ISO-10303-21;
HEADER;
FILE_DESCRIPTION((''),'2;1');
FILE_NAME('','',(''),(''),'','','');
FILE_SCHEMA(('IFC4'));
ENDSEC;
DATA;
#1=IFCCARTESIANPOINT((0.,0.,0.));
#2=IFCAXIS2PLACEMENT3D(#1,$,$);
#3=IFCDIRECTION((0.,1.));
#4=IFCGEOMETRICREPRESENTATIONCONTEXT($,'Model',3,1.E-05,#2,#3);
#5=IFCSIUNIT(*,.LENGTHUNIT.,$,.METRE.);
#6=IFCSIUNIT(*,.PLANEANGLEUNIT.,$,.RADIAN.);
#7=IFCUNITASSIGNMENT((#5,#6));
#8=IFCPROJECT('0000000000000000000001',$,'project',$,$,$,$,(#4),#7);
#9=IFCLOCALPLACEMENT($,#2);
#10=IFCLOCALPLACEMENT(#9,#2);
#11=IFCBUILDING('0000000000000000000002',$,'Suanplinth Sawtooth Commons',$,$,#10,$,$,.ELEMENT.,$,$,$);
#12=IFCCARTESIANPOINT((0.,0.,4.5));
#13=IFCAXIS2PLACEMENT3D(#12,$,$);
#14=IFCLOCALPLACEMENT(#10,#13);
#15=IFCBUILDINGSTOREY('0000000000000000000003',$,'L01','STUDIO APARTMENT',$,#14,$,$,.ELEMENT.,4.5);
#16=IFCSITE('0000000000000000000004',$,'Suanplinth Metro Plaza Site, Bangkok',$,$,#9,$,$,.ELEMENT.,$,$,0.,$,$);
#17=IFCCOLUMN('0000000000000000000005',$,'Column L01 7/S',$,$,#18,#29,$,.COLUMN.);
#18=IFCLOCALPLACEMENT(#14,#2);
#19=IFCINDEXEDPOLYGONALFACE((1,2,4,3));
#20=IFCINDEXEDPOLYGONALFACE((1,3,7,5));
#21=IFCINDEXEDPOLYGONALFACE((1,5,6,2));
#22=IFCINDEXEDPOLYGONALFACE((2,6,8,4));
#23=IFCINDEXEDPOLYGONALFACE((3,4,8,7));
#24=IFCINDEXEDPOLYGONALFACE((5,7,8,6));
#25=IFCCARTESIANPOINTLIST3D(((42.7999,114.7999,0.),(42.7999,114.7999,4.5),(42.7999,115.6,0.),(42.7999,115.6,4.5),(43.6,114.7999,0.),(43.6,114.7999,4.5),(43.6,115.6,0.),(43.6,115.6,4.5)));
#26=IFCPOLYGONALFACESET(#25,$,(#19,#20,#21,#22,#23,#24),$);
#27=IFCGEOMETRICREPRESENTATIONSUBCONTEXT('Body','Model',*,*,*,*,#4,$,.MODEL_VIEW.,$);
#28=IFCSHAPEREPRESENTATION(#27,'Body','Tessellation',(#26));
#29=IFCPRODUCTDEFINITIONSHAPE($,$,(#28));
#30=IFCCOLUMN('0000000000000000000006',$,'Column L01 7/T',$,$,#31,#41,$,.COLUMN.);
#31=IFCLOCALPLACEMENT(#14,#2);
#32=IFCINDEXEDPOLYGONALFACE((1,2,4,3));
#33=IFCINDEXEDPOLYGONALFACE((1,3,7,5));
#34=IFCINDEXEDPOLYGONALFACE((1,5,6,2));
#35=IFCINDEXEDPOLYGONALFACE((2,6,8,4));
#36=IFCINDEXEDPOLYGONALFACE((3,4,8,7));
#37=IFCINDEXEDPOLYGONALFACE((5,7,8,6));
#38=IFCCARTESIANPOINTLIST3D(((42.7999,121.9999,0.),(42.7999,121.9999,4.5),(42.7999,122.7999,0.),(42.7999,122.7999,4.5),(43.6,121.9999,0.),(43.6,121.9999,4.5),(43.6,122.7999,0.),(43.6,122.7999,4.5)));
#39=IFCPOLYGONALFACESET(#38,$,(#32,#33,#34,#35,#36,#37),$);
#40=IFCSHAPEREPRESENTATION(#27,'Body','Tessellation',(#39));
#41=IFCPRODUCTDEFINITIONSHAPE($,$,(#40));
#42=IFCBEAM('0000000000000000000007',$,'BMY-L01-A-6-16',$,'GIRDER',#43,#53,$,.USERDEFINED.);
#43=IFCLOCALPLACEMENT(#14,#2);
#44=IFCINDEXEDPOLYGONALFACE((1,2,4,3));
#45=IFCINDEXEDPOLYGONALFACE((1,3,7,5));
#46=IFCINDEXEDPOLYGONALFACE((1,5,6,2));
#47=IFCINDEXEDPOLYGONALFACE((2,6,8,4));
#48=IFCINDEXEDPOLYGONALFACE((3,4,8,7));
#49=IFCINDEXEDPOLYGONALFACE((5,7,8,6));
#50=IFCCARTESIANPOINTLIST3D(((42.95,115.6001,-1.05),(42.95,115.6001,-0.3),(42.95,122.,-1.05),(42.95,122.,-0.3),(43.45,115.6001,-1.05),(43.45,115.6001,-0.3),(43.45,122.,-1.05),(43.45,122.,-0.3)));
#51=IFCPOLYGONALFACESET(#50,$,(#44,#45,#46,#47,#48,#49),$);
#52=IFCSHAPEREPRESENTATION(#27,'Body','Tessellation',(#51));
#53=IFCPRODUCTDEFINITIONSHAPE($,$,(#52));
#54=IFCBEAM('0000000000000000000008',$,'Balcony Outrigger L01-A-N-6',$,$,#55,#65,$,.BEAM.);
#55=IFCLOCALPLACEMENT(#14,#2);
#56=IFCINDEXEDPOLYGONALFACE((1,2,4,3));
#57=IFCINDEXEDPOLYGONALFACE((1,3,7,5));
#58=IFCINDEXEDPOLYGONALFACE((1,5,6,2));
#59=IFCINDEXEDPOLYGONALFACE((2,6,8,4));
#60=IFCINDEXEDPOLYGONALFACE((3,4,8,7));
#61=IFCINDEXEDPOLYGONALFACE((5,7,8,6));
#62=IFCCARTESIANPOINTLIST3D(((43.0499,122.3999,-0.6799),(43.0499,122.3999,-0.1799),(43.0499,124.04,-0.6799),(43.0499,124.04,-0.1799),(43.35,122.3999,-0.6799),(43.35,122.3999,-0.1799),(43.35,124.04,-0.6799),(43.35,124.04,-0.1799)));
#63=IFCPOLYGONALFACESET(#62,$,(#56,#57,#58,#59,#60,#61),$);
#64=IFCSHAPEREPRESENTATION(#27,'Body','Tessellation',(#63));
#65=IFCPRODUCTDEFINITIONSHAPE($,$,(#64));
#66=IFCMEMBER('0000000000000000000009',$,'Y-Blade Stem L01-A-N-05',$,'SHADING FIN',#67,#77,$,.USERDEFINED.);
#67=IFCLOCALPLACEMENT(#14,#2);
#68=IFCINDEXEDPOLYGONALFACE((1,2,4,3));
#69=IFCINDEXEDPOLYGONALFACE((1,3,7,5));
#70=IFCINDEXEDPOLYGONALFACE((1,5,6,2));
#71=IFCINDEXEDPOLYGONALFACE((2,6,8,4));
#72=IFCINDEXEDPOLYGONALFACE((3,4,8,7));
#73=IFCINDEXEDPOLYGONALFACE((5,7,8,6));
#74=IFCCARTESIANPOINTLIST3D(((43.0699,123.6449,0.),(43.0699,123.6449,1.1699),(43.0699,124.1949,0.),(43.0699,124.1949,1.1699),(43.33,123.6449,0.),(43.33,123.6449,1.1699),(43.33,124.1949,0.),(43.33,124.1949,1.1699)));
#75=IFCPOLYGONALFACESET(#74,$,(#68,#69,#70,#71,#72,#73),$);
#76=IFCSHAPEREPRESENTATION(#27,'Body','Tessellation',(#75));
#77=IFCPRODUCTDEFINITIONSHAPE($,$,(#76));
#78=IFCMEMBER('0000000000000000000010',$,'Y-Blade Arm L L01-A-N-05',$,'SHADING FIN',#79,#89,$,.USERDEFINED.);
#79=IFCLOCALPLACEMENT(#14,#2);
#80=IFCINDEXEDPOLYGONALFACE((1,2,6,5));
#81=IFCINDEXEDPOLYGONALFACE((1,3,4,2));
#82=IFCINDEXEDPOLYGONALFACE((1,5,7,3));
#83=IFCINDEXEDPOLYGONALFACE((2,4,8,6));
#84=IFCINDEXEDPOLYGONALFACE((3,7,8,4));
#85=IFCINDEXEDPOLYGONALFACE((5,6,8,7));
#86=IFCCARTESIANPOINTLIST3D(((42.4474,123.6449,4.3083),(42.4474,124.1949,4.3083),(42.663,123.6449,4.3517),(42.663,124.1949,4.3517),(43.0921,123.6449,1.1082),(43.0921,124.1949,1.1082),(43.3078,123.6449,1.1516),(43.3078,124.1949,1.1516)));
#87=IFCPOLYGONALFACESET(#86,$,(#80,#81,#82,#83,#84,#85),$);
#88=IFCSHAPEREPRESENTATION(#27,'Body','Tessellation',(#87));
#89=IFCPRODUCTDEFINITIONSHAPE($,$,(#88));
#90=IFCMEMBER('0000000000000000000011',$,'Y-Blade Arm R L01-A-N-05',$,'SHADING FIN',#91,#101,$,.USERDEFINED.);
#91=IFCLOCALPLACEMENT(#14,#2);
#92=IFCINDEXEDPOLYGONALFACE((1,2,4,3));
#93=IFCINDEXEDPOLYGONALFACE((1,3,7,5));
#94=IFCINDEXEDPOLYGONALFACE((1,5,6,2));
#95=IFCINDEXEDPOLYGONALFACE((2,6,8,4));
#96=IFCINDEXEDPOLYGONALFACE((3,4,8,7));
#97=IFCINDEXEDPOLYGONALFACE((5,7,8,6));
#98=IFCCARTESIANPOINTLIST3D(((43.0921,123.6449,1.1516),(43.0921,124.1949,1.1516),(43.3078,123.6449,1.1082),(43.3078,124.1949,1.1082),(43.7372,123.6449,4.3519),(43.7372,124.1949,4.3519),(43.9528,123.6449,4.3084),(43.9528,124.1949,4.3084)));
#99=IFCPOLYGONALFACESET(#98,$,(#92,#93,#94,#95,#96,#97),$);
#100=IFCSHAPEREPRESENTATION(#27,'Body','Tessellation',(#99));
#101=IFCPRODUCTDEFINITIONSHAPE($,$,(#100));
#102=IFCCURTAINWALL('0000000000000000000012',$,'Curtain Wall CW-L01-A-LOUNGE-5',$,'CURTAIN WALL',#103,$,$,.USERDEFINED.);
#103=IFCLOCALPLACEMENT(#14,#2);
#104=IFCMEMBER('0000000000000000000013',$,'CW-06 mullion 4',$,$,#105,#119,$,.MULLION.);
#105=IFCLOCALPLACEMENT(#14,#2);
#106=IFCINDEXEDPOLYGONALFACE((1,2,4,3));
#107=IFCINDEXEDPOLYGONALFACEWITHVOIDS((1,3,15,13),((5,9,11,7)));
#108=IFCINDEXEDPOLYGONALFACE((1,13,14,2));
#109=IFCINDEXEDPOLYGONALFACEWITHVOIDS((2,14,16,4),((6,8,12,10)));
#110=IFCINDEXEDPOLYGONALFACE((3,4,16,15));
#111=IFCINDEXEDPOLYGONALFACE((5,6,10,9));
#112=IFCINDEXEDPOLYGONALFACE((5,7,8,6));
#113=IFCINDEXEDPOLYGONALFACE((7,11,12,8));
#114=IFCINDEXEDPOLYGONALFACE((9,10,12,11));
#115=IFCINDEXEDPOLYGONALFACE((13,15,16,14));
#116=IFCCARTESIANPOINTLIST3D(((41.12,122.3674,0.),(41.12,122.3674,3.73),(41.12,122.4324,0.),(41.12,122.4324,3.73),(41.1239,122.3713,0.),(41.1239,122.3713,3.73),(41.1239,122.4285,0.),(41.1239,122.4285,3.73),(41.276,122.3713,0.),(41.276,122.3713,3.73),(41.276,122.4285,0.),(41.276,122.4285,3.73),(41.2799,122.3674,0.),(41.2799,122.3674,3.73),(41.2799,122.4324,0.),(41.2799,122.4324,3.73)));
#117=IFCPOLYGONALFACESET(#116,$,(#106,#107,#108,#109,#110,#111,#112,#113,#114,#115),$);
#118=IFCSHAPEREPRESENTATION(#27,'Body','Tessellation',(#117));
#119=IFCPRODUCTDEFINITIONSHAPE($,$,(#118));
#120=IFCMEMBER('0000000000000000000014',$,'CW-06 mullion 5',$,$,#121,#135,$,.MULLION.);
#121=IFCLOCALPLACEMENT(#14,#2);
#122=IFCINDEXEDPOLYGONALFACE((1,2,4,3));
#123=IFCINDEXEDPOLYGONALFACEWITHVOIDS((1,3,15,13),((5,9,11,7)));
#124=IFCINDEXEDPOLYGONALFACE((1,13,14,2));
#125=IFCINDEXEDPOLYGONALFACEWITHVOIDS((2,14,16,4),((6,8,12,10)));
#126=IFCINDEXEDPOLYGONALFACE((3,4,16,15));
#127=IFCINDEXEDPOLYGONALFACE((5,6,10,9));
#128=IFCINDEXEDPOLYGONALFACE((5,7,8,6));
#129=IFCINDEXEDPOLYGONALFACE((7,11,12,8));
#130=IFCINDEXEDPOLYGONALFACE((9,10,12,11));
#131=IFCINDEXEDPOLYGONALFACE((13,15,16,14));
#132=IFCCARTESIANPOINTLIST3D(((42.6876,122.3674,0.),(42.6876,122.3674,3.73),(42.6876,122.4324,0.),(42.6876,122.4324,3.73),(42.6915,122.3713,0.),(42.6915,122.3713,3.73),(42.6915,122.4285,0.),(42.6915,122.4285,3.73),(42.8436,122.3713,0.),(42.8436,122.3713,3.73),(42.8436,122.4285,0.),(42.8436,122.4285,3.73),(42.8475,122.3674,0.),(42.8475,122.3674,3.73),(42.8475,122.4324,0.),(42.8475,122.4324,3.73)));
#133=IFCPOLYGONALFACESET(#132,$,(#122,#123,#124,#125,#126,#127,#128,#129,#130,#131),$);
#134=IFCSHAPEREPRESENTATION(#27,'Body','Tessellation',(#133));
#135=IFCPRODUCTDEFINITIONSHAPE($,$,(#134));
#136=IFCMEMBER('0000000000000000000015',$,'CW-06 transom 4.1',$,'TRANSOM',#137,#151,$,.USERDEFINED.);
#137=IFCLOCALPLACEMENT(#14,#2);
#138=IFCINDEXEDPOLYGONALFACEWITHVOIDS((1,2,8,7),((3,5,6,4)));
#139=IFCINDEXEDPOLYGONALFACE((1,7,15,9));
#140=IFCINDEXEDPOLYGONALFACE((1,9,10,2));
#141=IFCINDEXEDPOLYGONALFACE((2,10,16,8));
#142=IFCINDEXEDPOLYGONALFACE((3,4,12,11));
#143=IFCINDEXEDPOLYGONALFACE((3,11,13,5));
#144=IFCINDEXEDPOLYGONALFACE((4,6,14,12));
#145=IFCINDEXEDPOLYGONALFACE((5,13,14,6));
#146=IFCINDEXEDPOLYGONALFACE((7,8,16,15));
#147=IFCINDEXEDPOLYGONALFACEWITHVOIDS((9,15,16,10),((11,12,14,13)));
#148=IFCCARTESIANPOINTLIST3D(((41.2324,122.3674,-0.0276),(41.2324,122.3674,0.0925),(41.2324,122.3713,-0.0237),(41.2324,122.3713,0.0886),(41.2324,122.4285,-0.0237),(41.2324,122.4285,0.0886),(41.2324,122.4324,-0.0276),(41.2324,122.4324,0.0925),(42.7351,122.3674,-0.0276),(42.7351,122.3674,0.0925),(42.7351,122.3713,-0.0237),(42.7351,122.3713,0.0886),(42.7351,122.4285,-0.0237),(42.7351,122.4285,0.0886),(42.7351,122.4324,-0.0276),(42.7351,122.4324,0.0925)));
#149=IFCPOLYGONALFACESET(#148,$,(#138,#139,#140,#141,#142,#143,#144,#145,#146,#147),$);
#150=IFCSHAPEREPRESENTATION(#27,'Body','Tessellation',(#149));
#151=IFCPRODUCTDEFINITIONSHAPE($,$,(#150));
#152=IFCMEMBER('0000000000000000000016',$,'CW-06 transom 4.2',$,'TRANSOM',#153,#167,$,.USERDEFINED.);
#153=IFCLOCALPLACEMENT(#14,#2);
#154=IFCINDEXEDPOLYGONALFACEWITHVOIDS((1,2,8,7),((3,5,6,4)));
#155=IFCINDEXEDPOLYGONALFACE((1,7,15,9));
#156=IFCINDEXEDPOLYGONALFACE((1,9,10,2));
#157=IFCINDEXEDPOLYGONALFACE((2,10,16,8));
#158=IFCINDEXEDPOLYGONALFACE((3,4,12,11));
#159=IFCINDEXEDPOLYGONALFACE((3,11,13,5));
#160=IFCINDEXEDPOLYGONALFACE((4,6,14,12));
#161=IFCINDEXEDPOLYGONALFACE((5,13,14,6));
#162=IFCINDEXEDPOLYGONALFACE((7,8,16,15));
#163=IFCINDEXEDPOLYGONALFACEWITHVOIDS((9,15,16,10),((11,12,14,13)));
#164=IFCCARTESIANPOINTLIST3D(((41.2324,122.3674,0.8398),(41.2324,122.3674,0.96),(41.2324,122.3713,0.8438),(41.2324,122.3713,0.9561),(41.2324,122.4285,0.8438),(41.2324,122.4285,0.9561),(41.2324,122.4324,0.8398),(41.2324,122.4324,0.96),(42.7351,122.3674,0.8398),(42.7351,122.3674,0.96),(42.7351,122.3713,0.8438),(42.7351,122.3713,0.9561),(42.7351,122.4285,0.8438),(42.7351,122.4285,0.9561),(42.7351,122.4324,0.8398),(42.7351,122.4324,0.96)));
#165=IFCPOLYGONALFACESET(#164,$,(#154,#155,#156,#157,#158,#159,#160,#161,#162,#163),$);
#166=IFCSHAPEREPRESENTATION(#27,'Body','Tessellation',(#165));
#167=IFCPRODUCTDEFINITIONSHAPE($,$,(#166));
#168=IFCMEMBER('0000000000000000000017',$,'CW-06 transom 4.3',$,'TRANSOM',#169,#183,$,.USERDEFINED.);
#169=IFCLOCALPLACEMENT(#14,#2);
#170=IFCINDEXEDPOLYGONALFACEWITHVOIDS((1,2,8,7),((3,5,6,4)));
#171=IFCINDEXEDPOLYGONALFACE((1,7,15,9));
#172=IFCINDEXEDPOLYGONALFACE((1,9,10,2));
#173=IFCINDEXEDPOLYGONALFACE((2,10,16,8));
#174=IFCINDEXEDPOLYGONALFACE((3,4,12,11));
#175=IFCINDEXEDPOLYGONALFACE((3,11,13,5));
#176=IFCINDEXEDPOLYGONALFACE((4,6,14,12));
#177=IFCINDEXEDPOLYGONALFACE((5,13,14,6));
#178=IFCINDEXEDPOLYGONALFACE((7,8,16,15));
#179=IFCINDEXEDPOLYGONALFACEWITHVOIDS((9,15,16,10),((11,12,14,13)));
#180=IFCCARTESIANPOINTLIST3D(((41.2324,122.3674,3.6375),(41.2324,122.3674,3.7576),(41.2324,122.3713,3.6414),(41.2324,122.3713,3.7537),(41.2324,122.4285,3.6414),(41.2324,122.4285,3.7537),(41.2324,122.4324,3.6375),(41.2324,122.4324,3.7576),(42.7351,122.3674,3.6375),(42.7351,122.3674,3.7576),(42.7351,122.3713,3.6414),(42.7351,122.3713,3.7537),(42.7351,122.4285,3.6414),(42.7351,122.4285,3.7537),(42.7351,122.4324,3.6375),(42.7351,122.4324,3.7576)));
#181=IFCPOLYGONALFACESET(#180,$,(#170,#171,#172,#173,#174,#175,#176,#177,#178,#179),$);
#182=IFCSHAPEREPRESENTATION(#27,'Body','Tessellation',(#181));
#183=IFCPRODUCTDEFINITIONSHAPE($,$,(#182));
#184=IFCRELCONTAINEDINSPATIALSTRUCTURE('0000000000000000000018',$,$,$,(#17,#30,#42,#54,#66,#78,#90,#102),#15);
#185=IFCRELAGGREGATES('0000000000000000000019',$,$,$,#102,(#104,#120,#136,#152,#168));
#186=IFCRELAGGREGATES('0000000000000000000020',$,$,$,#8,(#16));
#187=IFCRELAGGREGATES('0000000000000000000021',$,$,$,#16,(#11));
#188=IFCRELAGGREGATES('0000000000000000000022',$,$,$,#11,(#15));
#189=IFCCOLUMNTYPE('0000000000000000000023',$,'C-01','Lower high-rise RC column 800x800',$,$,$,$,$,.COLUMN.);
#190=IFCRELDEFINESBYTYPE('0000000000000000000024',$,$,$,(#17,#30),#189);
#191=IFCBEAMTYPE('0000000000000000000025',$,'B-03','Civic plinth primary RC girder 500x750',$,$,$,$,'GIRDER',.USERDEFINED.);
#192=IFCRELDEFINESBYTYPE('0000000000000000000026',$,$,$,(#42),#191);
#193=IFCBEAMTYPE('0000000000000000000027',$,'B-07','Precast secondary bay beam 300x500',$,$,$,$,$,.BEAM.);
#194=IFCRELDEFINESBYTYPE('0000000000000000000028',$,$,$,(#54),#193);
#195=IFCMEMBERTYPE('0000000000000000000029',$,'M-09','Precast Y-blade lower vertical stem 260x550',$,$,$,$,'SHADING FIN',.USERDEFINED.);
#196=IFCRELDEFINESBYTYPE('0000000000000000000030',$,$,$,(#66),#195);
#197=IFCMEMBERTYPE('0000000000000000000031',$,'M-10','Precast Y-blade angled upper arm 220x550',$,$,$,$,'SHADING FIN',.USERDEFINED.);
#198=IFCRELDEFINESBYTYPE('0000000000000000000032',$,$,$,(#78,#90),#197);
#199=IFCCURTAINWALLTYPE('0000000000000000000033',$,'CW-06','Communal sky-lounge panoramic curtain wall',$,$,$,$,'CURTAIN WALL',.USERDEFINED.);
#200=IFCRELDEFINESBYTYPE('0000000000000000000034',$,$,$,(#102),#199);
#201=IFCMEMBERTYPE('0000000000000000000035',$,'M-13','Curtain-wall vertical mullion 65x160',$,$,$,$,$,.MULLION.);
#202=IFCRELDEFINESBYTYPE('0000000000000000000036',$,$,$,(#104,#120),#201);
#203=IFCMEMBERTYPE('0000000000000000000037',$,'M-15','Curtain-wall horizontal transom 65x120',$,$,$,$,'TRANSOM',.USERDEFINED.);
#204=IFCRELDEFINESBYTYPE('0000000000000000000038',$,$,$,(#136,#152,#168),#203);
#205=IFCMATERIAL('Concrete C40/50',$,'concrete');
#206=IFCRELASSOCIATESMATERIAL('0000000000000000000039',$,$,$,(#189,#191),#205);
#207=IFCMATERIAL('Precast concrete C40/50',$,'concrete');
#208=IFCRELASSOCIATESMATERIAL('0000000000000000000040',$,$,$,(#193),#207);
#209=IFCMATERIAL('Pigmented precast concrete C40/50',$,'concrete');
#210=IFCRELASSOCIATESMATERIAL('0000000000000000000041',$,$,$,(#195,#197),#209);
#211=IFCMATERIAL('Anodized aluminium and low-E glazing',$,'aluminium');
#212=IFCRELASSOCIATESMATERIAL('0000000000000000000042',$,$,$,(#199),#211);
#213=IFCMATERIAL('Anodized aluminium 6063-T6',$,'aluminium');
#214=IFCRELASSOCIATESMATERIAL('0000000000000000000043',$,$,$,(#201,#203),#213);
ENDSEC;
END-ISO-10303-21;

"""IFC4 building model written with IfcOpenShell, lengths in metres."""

from ifc_helpers import new_model, si_unit, direction, frame, origin, origin_2d, place, context, subcontext, project, spatial, rectangle, hollow_rectangle, extrude, material, material_profile, profile_set, type_object, element, aggregate, save


model = new_model("IFC4")

# Units and contexts
model_context = context("Model", 3, precision=1e-05, world=origin(), true_north=direction((0.0, 1.0)))
body_context = subcontext(model_context, "Body", "Model", "MODEL_VIEW")
ifc_project = project(units=[si_unit("LENGTHUNIT", "METRE"), si_unit("PLANEANGLEUNIT", "RADIAN")], contexts=[model_context])

# Site, building, storey
site_placement = place(None, origin())
site = spatial("IfcSite", under=ifc_project, at=site_placement, Name="Suanplinth Metro Plaza Site, Bangkok", CompositionType="ELEMENT", RefElevation=0.0)
building_placement = place(site_placement, origin())
building = spatial("IfcBuilding", under=site, at=building_placement, Name="Suanplinth Sawtooth Commons", CompositionType="ELEMENT")
storey_placement = place(building_placement, frame((0.0, 0.0, 4.5)))
storey = spatial("IfcBuildingStorey", under=building, at=storey_placement, Name="L01", Description="STUDIO APARTMENT", CompositionType="ELEMENT", Elevation=4.5)

# Columns
ifc_material_1 = material(Name="Concrete C40/50", Category="concrete")
ifc_material_profile_1 = material_profile(ifc_material_1, rectangle(XDim=0.8, YDim=0.8, at=origin_2d()), Name="RC-COL 800x800")
ifc_profile_set_1 = profile_set([ifc_material_profile_1], Name="Concrete C40/50")
column_type = type_object("IfcColumnType", Name="C-01", Description="Lower high-rise RC column 800x800", PredefinedType="COLUMN", material=ifc_profile_set_1)
for number, where, z_axis, x_axis, name in (
    (1, (43.2, 115.2, 0.0), (0.0, 0.0, 1.0), (1.0, 0.0, 0.0), "Column L01 7/S"),
    (2, (43.2, 122.3999, 0.0), (0.0, 0.0, 1.0), (1.0, 0.0, 0.0), "Column L01 7/T"),
):
    element("IfcColumn", number, at=place(storey_placement, frame(where, z_axis=z_axis, x_axis=x_axis)), inside=storey, type_object=column_type, Name=name, PredefinedType="COLUMN", context=body_context, shape_type="SweptSolid", body=[
        extrude(rectangle(XDim=0.8, YDim=0.8, at=origin_2d()), origin(), (0.0, 0.0, 1.0), 4.5),
    ])

# Beams
ifc_material_profile_2 = material_profile(ifc_material_1, rectangle(XDim=0.5, YDim=0.75, at=origin_2d()), Name="RC-GDR 500x750")
ifc_profile_set_2 = profile_set([ifc_material_profile_2], Name="Concrete C40/50")
beam_type_1 = type_object("IfcBeamType", Name="B-03", Description="Civic plinth primary RC girder 500x750", ElementType="GIRDER", PredefinedType="USERDEFINED", material=ifc_profile_set_2)
beam_1_placement = place(storey_placement, frame((43.2, 115.6001, -0.675), z_axis=(0.0, 1.0, 0.0), x_axis=(-1.0, 0.0, 0.0)))
element("IfcBeam", 3, at=beam_1_placement, inside=storey, type_object=beam_type_1, Name="BMY-L01-A-6-16", ObjectType="GIRDER", PredefinedType="USERDEFINED", context=body_context, shape_type="SweptSolid", body=[
    extrude(rectangle(XDim=0.5, YDim=0.75, at=origin_2d()), origin(), (0.0, 0.0, 1.0), 6.3999),
])
ifc_material_2 = material(Name="Precast concrete C40/50", Category="concrete")
ifc_material_profile_3 = material_profile(ifc_material_2, rectangle(XDim=0.3, YDim=0.5, at=origin_2d()), Name="PC-BM 300x500")
ifc_profile_set_3 = profile_set([ifc_material_profile_3], Name="Precast concrete C40/50")
beam_type_2 = type_object("IfcBeamType", Name="B-07", Description="Precast secondary bay beam 300x500", PredefinedType="BEAM", material=ifc_profile_set_3)
beam_2_placement = place(storey_placement, frame((43.2, 122.3999, -0.4299), z_axis=(0.0, 1.0, 0.0), x_axis=(-1.0, 0.0, 0.0)))
element("IfcBeam", 4, at=beam_2_placement, inside=storey, type_object=beam_type_2, Name="Balcony Outrigger L01-A-N-6", PredefinedType="BEAM", context=body_context, shape_type="SweptSolid", body=[
    extrude(rectangle(XDim=0.3, YDim=0.5, at=origin_2d()), origin(), (0.0, 0.0, 1.0), 1.6401),
])

# Members
ifc_material_3 = material(Name="Pigmented precast concrete C40/50", Category="concrete")
ifc_material_profile_4 = material_profile(ifc_material_3, rectangle(XDim=0.26, YDim=0.55, at=origin_2d()), Name="PC-FIN 260x550")
ifc_profile_set_4 = profile_set([ifc_material_profile_4], Name="Pigmented precast concrete C40/50")
member_type_1 = type_object("IfcMemberType", Name="M-09", Description="Precast Y-blade lower vertical stem 260x550", ElementType="SHADING FIN", PredefinedType="USERDEFINED", material=ifc_profile_set_4)
member_1_placement = place(storey_placement, frame((43.2, 123.9199, 0.0), z_axis=(0.0, 0.0, 1.0), x_axis=(1.0, 0.0, 0.0)))
element("IfcMember", 5, at=member_1_placement, inside=storey, type_object=member_type_1, Name="Y-Blade Stem L01-A-N-05", ObjectType="SHADING FIN", PredefinedType="USERDEFINED", context=body_context, shape_type="SweptSolid", body=[
    extrude(rectangle(XDim=0.26, YDim=0.55, at=origin_2d()), origin(), (0.0, 0.0, 1.0), 1.1699),
])
ifc_material_profile_5 = material_profile(ifc_material_3, rectangle(XDim=0.22, YDim=0.55, at=origin_2d()), Name="PC-FIN 220x550")
ifc_profile_set_5 = profile_set([ifc_material_profile_5], Name="Pigmented precast concrete C40/50")
member_type_2 = type_object("IfcMemberType", Name="M-10", Description="Precast Y-blade angled upper arm 220x550", ElementType="SHADING FIN", PredefinedType="USERDEFINED", material=ifc_profile_set_5)
member_2_placement = place(storey_placement, frame((43.2, 123.9199, 1.1299), z_axis=(-0.197511, 0.0, 0.980301), x_axis=(0.980301, 0.0, 0.197511)))
element("IfcMember", 6, at=member_2_placement, inside=storey, type_object=member_type_2, Name="Y-Blade Arm L L01-A-N-05", ObjectType="SHADING FIN", PredefinedType="USERDEFINED", context=body_context, shape_type="SweptSolid", body=[
    extrude(rectangle(XDim=0.22, YDim=0.55, at=origin_2d()), origin(), (0.0, 0.0, 1.0), 3.2644),
])
member_3_placement = place(storey_placement, frame((43.2, 123.9199, 1.1299), z_axis=(0.197583, 0.0, 0.980286), x_axis=(-0.980286, 0.0, 0.197583)))
element("IfcMember", 7, at=member_3_placement, inside=storey, type_object=member_type_2, Name="Y-Blade Arm R L01-A-N-05", ObjectType="SHADING FIN", PredefinedType="USERDEFINED", context=body_context, shape_type="SweptSolid", body=[
    extrude(rectangle(XDim=0.22, YDim=0.55, at=origin_2d()), origin(), (0.0, 0.0, 1.0), 3.2646),
])

# Curtain wall, members
ifc_material_4 = material(Name="Anodized aluminium and low-E glazing", Category="aluminium")
curtain_wall_type = type_object("IfcCurtainWallType", Name="CW-06", Description="Communal sky-lounge panoramic curtain wall", ElementType="CURTAIN WALL", PredefinedType="USERDEFINED", material=ifc_material_4)
curtain_wall_placement = place(storey_placement, origin())
curtain_wall = element("IfcCurtainWall", 8, at=curtain_wall_placement, inside=storey, type_object=curtain_wall_type, Name="Curtain Wall CW-L01-A-LOUNGE-5", ObjectType="CURTAIN WALL", PredefinedType="USERDEFINED")
ifc_material_5 = material(Name="Anodized aluminium 6063-T6", Category="aluminium")
ifc_material_profile_6 = material_profile(ifc_material_5, hollow_rectangle(XDim=0.0649, YDim=0.1599, WallThickness=0.0039, at=origin_2d()), Name="ALU-MUL 65x160")
ifc_profile_set_6 = profile_set([ifc_material_profile_6], Name="Anodized aluminium 6063-T6")
member_type_3 = type_object("IfcMemberType", Name="M-13", Description="Curtain-wall vertical mullion 65x160", PredefinedType="MULLION", material=ifc_profile_set_6)
member_4_placement = place(storey_placement, frame((41.2, 122.3999, 0.0), z_axis=(0.0, 0.0, 1.0), x_axis=(0.0, 1.0, 0.0)))
member_4 = element("IfcMember", 9, at=member_4_placement, type_object=member_type_3, Name="CW-06 mullion 4", PredefinedType="MULLION", context=body_context, shape_type="SweptSolid", body=[
    extrude(hollow_rectangle(XDim=0.0649, YDim=0.1599, WallThickness=0.0039, at=origin_2d()), origin(), (0.0, 0.0, 1.0), 3.73),
])
member_5_placement = place(storey_placement, frame((42.7676, 122.3999, 0.0), z_axis=(0.0, 0.0, 1.0), x_axis=(0.0, 1.0, 0.0)))
member_5 = element("IfcMember", 10, at=member_5_placement, type_object=member_type_3, Name="CW-06 mullion 5", PredefinedType="MULLION", context=body_context, shape_type="SweptSolid", body=[
    extrude(hollow_rectangle(XDim=0.0649, YDim=0.1599, WallThickness=0.0039, at=origin_2d()), origin(), (0.0, 0.0, 1.0), 3.73),
])
ifc_material_profile_7 = material_profile(ifc_material_5, hollow_rectangle(XDim=0.0649, YDim=0.1201, WallThickness=0.0039, at=origin_2d()), Name="ALU-TRN 65x120")
ifc_profile_set_7 = profile_set([ifc_material_profile_7], Name="Anodized aluminium 6063-T6")
member_type_4 = type_object("IfcMemberType", Name="M-15", Description="Curtain-wall horizontal transom 65x120", ElementType="TRANSOM", PredefinedType="USERDEFINED", material=ifc_profile_set_7)
member_6_placement = place(storey_placement, frame((41.2324, 122.3999, 0.0325), z_axis=(1.0, 0.0, 0.0), x_axis=(0.0, 1.0, 0.0)))
member_6 = element("IfcMember", 11, at=member_6_placement, type_object=member_type_4, Name="CW-06 transom 4.1", ObjectType="TRANSOM", PredefinedType="USERDEFINED", context=body_context, shape_type="SweptSolid", body=[
    extrude(hollow_rectangle(XDim=0.0649, YDim=0.1201, WallThickness=0.0039, at=origin_2d()), origin(), (0.0, 0.0, 1.0), 1.5027),
])
member_7_placement = place(storey_placement, frame((41.2324, 122.3999, 0.8999), z_axis=(1.0, 0.0, 0.0), x_axis=(0.0, 1.0, 0.0)))
member_7 = element("IfcMember", 12, at=member_7_placement, type_object=member_type_4, Name="CW-06 transom 4.2", ObjectType="TRANSOM", PredefinedType="USERDEFINED", context=body_context, shape_type="SweptSolid", body=[
    extrude(hollow_rectangle(XDim=0.0649, YDim=0.1201, WallThickness=0.0039, at=origin_2d()), origin(), (0.0, 0.0, 1.0), 1.5027),
])
member_8_placement = place(storey_placement, frame((41.2324, 122.3999, 3.6975), z_axis=(1.0, 0.0, 0.0), x_axis=(0.0, 1.0, 0.0)))
member_8 = element("IfcMember", 13, at=member_8_placement, type_object=member_type_4, Name="CW-06 transom 4.3", ObjectType="TRANSOM", PredefinedType="USERDEFINED", context=body_context, shape_type="SweptSolid", body=[
    extrude(hollow_rectangle(XDim=0.0649, YDim=0.1201, WallThickness=0.0039, at=origin_2d()), origin(), (0.0, 0.0, 1.0), 1.5027),
])

aggregate(curtain_wall, [member_4, member_5, member_6, member_7, member_8])

save(model, "model.ifc")
